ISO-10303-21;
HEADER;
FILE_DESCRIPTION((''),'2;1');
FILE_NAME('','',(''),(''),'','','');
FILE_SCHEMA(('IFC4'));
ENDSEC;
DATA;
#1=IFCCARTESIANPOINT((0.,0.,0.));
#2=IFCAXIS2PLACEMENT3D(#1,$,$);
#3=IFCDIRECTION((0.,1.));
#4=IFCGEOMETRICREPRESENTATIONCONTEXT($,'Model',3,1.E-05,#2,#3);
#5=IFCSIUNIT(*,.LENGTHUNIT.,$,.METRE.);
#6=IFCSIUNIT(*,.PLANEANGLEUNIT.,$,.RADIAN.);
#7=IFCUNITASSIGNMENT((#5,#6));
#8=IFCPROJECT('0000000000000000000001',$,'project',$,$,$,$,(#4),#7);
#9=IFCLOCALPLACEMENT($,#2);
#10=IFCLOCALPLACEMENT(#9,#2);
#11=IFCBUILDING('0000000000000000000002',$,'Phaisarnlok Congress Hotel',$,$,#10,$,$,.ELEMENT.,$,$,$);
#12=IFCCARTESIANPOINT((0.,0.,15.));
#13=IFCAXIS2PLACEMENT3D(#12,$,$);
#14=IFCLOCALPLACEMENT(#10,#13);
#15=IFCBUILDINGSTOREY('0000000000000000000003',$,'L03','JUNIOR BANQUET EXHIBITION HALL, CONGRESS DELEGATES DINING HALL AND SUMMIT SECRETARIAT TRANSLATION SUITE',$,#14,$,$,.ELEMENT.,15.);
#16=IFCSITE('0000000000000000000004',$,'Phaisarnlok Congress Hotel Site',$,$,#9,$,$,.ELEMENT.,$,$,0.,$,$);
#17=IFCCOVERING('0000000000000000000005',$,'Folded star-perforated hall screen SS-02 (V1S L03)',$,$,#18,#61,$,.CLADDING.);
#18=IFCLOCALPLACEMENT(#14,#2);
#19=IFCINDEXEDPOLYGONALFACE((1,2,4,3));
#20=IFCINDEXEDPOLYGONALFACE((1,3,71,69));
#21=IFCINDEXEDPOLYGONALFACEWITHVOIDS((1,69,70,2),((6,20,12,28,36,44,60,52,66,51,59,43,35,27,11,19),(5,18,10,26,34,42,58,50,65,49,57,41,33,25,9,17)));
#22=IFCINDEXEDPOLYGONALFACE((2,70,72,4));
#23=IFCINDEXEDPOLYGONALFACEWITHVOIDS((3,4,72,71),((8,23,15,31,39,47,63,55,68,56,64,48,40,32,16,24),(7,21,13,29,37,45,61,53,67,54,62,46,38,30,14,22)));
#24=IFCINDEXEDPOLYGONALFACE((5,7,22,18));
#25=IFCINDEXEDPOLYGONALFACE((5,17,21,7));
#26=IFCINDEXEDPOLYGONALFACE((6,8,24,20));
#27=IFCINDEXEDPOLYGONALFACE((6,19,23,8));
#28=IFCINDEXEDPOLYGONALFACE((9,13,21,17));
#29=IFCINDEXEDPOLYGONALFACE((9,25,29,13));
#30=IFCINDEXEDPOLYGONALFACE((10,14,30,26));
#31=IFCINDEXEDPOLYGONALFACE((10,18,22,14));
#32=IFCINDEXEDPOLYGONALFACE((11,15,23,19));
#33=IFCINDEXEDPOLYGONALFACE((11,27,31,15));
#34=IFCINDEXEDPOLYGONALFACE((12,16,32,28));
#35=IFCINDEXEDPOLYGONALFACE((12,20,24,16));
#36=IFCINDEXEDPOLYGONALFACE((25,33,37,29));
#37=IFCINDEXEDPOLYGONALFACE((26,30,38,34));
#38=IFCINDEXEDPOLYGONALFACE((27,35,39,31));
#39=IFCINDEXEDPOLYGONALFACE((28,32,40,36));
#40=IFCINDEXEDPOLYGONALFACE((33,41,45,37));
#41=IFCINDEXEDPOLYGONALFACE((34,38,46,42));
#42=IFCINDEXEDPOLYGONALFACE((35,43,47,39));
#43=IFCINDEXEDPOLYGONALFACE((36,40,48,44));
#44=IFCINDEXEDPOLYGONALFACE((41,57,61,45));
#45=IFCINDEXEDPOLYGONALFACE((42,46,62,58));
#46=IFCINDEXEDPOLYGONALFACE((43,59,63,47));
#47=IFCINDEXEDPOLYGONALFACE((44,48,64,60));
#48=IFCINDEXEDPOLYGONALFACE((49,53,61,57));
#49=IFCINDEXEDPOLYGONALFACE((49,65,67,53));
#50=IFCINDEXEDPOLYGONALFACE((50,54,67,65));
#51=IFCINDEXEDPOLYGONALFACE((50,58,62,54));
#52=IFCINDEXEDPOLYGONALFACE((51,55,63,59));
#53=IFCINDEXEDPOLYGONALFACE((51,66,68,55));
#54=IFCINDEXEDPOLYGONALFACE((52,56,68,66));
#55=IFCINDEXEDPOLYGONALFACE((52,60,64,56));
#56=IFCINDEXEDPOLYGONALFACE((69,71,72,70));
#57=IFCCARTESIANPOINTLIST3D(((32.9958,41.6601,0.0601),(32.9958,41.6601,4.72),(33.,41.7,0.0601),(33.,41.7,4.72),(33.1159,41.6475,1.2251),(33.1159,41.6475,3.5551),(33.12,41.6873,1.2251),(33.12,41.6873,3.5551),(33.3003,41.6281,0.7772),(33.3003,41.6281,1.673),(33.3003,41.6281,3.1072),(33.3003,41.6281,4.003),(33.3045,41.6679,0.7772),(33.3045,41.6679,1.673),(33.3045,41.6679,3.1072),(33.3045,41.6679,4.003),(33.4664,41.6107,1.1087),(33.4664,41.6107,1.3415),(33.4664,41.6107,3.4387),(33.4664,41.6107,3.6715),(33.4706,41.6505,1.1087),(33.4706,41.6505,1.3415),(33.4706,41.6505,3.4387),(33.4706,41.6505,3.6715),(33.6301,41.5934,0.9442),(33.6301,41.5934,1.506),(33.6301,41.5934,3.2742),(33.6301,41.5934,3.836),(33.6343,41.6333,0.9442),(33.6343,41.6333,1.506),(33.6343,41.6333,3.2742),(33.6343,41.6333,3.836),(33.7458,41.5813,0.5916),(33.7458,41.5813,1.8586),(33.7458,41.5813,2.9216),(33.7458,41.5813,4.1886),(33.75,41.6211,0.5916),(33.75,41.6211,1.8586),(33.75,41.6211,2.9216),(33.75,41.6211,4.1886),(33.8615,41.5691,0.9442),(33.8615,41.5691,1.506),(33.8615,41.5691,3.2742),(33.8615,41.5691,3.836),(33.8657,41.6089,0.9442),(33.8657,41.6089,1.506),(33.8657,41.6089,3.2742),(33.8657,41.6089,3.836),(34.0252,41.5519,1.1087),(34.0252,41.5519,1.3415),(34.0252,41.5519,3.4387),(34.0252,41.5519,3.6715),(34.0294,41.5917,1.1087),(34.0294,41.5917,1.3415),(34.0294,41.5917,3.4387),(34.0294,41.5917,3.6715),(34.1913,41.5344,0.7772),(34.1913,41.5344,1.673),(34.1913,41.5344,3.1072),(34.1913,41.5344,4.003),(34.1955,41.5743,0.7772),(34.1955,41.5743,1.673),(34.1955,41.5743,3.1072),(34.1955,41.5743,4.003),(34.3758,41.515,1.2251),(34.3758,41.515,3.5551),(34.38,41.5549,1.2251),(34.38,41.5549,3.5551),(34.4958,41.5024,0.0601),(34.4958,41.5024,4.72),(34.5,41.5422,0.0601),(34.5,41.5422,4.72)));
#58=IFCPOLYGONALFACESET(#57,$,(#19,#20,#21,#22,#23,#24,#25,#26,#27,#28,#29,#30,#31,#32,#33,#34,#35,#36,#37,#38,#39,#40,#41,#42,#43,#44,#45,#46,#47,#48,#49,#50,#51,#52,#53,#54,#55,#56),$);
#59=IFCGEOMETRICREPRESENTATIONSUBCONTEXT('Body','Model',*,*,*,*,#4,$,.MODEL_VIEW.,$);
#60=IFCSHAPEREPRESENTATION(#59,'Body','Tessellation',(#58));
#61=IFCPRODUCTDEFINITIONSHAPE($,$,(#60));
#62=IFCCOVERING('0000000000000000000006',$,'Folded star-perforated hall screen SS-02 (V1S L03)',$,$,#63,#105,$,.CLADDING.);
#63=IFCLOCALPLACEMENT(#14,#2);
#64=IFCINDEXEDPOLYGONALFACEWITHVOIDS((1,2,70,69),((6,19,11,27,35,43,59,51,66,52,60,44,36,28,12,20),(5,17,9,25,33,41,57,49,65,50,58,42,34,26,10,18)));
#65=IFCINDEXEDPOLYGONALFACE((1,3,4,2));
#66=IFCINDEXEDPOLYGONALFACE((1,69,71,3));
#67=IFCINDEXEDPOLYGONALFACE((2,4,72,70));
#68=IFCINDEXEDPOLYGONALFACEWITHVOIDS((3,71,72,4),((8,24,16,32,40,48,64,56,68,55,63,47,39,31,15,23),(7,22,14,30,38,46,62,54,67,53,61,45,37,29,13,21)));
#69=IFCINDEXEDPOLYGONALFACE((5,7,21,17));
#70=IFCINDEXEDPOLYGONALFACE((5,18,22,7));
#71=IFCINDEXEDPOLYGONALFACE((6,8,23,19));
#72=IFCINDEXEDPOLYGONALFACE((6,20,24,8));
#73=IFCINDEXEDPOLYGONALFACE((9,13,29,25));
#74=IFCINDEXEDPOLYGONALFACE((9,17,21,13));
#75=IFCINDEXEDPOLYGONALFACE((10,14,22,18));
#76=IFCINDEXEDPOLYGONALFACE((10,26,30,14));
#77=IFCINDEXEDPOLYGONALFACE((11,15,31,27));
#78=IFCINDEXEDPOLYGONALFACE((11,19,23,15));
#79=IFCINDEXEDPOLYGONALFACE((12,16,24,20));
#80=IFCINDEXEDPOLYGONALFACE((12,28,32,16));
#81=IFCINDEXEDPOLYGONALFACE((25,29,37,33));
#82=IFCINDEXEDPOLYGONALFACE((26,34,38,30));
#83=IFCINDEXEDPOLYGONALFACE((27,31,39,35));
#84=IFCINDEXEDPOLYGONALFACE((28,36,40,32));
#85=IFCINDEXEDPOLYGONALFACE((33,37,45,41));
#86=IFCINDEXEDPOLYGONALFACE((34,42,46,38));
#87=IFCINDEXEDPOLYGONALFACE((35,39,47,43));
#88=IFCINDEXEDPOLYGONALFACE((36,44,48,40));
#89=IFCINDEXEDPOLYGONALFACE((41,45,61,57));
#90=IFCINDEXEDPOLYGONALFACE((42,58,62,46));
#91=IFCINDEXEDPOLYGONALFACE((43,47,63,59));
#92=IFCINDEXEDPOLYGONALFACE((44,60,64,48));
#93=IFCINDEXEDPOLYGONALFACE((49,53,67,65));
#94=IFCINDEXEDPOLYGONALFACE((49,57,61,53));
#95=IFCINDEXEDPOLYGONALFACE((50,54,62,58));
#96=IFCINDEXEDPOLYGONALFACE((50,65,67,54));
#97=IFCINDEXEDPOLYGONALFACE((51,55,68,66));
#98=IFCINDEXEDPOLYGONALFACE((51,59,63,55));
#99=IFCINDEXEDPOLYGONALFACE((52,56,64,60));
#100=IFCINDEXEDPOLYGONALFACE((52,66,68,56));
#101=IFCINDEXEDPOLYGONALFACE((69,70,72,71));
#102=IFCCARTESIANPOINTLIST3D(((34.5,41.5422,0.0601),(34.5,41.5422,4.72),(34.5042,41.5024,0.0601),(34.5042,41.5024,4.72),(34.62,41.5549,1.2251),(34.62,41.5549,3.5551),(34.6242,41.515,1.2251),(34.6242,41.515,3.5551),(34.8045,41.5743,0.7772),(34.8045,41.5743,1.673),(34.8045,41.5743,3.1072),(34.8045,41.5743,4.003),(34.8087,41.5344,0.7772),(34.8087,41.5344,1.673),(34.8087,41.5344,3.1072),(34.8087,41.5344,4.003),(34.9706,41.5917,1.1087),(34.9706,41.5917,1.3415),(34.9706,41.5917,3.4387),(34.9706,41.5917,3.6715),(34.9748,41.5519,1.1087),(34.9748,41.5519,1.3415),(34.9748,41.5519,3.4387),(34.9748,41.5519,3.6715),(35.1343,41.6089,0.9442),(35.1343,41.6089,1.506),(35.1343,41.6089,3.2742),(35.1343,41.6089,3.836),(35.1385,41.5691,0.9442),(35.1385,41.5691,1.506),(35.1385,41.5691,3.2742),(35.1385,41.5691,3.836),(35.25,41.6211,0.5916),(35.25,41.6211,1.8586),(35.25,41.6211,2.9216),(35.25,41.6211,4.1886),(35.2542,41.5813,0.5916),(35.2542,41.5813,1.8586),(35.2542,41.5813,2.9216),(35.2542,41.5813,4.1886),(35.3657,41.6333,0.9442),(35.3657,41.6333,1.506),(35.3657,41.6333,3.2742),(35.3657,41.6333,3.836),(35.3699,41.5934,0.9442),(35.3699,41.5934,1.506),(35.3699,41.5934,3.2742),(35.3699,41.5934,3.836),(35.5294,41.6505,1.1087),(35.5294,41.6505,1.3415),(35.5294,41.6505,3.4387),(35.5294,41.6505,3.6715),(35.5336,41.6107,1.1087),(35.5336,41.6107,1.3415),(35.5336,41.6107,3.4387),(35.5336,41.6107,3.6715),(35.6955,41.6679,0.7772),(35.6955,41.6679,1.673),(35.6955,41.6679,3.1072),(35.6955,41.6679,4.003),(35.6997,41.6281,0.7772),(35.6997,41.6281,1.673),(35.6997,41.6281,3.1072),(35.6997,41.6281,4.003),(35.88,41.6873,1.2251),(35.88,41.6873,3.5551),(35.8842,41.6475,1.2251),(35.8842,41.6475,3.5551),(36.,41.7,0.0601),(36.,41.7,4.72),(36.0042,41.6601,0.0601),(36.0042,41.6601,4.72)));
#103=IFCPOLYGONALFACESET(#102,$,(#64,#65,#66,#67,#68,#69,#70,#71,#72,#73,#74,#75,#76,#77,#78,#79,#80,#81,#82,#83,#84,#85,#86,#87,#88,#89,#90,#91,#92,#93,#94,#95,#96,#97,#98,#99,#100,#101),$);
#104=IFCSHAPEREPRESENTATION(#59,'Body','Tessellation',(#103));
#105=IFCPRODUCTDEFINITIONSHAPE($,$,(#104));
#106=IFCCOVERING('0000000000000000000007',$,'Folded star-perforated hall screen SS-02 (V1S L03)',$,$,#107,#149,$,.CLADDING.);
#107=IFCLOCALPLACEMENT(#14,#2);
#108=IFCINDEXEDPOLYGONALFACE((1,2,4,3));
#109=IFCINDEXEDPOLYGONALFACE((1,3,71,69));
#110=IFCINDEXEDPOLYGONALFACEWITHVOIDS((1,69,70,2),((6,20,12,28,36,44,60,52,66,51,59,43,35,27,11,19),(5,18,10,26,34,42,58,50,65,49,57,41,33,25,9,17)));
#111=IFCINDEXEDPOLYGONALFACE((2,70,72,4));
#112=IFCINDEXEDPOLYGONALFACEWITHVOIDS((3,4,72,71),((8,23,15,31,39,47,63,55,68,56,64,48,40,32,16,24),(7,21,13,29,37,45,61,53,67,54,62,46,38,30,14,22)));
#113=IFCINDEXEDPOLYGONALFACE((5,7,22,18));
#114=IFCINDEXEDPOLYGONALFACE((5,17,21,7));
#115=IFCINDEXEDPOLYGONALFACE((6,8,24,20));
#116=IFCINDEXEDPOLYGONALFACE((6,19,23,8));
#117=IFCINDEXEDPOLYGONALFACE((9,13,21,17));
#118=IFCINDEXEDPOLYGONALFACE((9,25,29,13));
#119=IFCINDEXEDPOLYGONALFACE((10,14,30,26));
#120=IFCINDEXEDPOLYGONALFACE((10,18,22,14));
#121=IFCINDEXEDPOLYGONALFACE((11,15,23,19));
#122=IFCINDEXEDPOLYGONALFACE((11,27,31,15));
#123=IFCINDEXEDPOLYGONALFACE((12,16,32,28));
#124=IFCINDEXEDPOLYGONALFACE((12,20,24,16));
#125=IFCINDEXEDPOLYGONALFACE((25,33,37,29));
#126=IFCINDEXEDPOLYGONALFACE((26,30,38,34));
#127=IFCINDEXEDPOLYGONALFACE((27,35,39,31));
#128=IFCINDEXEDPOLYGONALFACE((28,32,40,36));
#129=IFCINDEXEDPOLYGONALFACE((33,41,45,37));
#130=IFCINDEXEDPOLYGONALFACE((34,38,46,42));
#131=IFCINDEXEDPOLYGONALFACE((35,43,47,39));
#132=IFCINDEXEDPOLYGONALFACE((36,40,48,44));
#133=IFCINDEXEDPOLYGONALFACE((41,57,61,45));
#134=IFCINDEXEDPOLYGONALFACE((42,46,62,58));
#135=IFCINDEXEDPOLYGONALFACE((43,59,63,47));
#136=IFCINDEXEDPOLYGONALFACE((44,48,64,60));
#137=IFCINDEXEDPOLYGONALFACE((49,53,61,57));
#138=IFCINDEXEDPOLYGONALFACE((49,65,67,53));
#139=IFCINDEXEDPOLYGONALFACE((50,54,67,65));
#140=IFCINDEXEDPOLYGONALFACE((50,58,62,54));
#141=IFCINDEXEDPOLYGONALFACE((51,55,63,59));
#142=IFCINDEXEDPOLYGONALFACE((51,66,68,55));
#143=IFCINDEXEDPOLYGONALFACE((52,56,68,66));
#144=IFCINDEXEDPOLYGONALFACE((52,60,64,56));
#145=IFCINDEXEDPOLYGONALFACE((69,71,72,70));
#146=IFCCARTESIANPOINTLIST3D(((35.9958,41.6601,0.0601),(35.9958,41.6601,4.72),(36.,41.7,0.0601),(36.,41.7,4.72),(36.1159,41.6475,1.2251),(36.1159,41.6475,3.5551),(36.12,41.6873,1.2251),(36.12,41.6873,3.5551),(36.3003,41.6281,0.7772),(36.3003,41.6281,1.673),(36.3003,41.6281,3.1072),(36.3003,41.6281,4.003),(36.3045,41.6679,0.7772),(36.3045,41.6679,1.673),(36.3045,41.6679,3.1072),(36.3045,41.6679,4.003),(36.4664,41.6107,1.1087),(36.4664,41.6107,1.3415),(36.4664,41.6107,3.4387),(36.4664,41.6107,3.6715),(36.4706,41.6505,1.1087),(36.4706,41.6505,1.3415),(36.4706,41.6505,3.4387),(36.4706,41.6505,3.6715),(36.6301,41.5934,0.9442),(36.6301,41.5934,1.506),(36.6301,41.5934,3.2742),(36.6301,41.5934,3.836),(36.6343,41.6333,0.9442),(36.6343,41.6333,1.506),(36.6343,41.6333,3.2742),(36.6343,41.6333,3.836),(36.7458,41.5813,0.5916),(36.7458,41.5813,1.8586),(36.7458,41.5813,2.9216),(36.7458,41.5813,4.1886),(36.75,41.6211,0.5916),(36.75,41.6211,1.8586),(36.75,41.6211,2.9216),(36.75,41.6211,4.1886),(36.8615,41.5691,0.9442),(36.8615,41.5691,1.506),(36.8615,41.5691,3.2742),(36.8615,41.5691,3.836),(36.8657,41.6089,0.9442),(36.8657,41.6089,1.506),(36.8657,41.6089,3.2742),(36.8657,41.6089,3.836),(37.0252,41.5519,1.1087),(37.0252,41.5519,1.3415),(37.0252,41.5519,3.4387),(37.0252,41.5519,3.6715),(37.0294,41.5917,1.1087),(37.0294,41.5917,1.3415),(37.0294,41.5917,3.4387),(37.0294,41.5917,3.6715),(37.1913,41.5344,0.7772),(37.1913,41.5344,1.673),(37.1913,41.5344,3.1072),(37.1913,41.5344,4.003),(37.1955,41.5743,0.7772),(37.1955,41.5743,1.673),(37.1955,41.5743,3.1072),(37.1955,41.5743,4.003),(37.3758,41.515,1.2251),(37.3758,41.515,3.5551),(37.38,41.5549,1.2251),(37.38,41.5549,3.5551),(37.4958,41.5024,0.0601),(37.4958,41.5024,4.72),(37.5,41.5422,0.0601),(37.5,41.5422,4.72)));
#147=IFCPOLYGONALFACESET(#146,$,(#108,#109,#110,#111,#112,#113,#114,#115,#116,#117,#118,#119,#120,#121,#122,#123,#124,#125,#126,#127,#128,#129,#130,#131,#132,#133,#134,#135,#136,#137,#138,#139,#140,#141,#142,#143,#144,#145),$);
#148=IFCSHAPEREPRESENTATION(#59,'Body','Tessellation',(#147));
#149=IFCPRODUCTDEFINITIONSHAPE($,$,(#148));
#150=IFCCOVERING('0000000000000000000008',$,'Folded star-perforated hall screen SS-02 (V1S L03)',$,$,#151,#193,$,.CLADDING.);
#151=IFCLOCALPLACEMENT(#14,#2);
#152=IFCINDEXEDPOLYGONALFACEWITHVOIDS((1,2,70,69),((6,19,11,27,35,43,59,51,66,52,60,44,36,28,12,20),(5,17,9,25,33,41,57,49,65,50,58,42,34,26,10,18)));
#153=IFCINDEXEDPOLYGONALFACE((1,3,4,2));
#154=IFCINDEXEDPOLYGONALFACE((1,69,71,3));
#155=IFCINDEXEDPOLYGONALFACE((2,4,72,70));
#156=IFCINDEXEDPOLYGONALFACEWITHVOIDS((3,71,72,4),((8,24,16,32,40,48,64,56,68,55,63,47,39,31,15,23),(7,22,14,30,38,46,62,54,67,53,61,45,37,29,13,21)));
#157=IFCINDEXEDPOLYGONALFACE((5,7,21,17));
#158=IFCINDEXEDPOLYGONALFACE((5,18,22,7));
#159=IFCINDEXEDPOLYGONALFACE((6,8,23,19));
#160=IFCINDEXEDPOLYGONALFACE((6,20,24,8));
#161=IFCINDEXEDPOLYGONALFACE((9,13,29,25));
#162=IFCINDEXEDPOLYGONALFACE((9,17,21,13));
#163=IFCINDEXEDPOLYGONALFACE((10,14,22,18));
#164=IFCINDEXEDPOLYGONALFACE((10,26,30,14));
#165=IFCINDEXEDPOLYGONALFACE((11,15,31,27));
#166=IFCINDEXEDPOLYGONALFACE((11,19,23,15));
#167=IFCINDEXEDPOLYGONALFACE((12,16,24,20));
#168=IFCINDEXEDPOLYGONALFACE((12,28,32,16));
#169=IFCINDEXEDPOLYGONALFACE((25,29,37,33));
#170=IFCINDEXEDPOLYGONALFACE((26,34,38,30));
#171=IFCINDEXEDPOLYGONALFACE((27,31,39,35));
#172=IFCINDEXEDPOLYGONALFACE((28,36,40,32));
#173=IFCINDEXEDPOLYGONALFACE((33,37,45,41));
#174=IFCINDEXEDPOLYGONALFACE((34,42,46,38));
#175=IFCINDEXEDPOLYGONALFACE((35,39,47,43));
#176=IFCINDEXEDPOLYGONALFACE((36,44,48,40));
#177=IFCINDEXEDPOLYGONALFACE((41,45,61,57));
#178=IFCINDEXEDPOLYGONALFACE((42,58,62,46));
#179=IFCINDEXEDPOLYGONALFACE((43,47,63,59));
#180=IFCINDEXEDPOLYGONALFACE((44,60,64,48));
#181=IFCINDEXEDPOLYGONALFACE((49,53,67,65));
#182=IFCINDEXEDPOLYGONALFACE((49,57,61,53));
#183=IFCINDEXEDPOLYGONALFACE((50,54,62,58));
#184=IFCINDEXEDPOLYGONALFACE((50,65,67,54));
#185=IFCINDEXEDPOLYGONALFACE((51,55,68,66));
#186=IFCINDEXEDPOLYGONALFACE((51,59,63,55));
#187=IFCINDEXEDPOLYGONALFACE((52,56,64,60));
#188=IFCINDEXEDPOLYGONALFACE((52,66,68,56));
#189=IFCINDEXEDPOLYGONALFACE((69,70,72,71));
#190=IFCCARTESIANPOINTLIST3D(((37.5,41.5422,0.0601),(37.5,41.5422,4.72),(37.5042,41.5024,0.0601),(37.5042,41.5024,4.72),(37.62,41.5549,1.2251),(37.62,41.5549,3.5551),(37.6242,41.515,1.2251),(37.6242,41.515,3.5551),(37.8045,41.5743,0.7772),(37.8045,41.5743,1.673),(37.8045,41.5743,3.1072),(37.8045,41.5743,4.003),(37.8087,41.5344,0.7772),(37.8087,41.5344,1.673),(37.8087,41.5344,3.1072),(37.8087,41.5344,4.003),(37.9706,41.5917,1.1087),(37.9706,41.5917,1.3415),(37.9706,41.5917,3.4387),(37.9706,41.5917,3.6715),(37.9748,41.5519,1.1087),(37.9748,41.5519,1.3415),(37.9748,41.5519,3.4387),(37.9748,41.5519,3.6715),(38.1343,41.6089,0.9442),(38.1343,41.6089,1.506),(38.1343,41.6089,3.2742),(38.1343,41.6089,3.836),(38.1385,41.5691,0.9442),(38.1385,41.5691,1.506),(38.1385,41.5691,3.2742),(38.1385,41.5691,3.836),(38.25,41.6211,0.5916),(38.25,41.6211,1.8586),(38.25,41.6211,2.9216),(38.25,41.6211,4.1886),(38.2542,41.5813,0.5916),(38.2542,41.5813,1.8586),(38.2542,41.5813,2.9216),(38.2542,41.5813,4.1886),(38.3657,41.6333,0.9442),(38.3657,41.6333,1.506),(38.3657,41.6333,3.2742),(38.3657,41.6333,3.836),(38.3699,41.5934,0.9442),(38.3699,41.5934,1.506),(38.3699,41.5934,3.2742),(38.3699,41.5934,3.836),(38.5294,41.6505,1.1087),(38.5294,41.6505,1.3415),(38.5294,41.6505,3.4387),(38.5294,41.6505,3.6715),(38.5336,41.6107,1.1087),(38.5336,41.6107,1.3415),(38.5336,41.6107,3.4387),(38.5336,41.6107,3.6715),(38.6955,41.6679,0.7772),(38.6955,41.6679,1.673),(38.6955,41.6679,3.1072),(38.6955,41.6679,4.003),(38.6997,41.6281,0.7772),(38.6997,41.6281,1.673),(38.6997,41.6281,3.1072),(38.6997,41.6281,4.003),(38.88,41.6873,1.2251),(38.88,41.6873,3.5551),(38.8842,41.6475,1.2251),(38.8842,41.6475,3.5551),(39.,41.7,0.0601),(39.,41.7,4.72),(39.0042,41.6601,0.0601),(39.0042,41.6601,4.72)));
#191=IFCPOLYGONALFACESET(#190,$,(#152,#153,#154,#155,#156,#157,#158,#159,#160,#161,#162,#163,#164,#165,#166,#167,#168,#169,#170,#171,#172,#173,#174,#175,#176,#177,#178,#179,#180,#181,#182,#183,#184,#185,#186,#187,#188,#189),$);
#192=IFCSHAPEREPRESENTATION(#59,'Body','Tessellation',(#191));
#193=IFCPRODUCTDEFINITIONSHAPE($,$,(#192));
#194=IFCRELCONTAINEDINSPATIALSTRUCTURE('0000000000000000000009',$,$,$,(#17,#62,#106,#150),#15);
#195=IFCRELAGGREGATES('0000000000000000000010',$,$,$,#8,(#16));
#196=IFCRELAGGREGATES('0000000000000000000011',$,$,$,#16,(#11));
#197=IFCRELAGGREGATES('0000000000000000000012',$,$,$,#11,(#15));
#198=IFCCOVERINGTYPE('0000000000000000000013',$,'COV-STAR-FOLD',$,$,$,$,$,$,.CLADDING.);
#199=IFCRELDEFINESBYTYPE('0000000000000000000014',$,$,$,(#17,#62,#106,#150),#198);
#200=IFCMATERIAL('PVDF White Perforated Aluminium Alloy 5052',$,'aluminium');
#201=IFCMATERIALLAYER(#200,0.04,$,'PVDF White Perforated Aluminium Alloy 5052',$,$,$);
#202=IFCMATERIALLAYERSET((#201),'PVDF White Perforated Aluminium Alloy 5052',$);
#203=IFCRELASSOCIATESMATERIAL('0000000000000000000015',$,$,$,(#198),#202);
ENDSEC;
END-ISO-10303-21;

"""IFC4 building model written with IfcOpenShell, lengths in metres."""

from ifc_helpers import new_model, si_unit, direction, frame, origin, place, context, subcontext, project, spatial, polyline, outline, extrude, material, layer, layer_set, type_object, element, save


model = new_model("IFC4")

# Units and contexts
model_context = context("Model", 3, precision=1e-05, world=origin(), true_north=direction((0.0, 1.0)))
body_context = subcontext(model_context, "Body", "Model", "MODEL_VIEW")
ifc_project = project(units=[si_unit("LENGTHUNIT", "METRE"), si_unit("PLANEANGLEUNIT", "RADIAN")], contexts=[model_context])

# Site, building, storey
site_placement = place(None, origin())
site = spatial("IfcSite", under=ifc_project, at=site_placement, Name="Phaisarnlok Congress Hotel Site", CompositionType="ELEMENT", RefElevation=0.0)
building_placement = place(site_placement, origin())
building = spatial("IfcBuilding", under=site, at=building_placement, Name="Phaisarnlok Congress Hotel", CompositionType="ELEMENT")
storey_placement = place(building_placement, frame((0.0, 0.0, 15.0)))
storey = spatial("IfcBuildingStorey", under=building, at=storey_placement, Name="L03", Description="JUNIOR BANQUET EXHIBITION HALL, CONGRESS DELEGATES DINING HALL AND SUMMIT SECRETARIAT TRANSLATION SUITE", CompositionType="ELEMENT", Elevation=15.0)

# Coverings
ifc_material_1 = material(Name="PVDF White Perforated Aluminium Alloy 5052", Category="aluminium")
ifc_layer = layer(ifc_material_1, 0.04, Name="PVDF White Perforated Aluminium Alloy 5052")
ifc_layer_set = layer_set([ifc_layer], Name="PVDF White Perforated Aluminium Alloy 5052")
covering_type = type_object("IfcCoveringType", Name="COV-STAR-FOLD", PredefinedType="CLADDING", material=ifc_layer_set)
for number, where, z_axis, x_axis, name in (
    (1, (33.0, 41.7, 0.0601), (-0.104567, -0.994518, 0.0), (0.994518, -0.104567, 0.0), "Folded star-perforated hall screen SS-02 (V1S L03)"),
    (2, (34.5, 41.5422, 0.0601), (0.104567, -0.994518, 0.0), (0.994518, 0.104567, 0.0), "Folded star-perforated hall screen SS-02 (V1S L03)"),
    (3, (36.0, 41.7, 0.0601), (-0.104567, -0.994518, 0.0), (0.994518, -0.104567, 0.0), "Folded star-perforated hall screen SS-02 (V1S L03)"),
    (4, (37.5, 41.5422, 0.0601), (0.104567, -0.994518, 0.0), (0.994518, 0.104567, 0.0), "Folded star-perforated hall screen SS-02 (V1S L03)"),
):
    element("IfcCovering", number, at=place(storey_placement, frame(where, z_axis=z_axis, x_axis=x_axis)), inside=storey, type_object=covering_type, Name=name, PredefinedType="CLADDING", context=body_context, shape_type="SweptSolid", body=[
        extrude(outline(polyline([(0.0, 0.0), (1.5083, 0.0), (1.5083, 4.6599), (0.0, 4.6599), (0.0, 0.0)]), holes=[polyline([(1.0351, 1.0486), (1.2021, 0.7171), (0.8705, 0.8841), (0.7541, 0.5315), (0.6378, 0.8841), (0.3062, 0.7171), (0.4732, 1.0486), (0.1207, 1.165), (0.4732, 1.2814), (0.3062, 1.6129), (0.6378, 1.4459), (0.7541, 1.7985), (0.8705, 1.4459), (1.2021, 1.6129), (1.0351, 1.2814), (1.3876, 1.165), (1.0351, 1.0486)]), polyline([(1.0351, 3.3786), (1.2021, 3.0471), (0.8705, 3.2141), (0.7541, 2.8615), (0.6378, 3.2141), (0.3062, 3.0471), (0.4732, 3.3786), (0.1207, 3.495), (0.4732, 3.6114), (0.3062, 3.9429), (0.6378, 3.7759), (0.7541, 4.1285), (0.8705, 3.7759), (1.2021, 3.9429), (1.0351, 3.6114), (1.3876, 3.495), (1.0351, 3.3786)])]), origin(), (0.0, 0.0, 1.0), 0.04),
    ])

save(model, "model.ifc")
